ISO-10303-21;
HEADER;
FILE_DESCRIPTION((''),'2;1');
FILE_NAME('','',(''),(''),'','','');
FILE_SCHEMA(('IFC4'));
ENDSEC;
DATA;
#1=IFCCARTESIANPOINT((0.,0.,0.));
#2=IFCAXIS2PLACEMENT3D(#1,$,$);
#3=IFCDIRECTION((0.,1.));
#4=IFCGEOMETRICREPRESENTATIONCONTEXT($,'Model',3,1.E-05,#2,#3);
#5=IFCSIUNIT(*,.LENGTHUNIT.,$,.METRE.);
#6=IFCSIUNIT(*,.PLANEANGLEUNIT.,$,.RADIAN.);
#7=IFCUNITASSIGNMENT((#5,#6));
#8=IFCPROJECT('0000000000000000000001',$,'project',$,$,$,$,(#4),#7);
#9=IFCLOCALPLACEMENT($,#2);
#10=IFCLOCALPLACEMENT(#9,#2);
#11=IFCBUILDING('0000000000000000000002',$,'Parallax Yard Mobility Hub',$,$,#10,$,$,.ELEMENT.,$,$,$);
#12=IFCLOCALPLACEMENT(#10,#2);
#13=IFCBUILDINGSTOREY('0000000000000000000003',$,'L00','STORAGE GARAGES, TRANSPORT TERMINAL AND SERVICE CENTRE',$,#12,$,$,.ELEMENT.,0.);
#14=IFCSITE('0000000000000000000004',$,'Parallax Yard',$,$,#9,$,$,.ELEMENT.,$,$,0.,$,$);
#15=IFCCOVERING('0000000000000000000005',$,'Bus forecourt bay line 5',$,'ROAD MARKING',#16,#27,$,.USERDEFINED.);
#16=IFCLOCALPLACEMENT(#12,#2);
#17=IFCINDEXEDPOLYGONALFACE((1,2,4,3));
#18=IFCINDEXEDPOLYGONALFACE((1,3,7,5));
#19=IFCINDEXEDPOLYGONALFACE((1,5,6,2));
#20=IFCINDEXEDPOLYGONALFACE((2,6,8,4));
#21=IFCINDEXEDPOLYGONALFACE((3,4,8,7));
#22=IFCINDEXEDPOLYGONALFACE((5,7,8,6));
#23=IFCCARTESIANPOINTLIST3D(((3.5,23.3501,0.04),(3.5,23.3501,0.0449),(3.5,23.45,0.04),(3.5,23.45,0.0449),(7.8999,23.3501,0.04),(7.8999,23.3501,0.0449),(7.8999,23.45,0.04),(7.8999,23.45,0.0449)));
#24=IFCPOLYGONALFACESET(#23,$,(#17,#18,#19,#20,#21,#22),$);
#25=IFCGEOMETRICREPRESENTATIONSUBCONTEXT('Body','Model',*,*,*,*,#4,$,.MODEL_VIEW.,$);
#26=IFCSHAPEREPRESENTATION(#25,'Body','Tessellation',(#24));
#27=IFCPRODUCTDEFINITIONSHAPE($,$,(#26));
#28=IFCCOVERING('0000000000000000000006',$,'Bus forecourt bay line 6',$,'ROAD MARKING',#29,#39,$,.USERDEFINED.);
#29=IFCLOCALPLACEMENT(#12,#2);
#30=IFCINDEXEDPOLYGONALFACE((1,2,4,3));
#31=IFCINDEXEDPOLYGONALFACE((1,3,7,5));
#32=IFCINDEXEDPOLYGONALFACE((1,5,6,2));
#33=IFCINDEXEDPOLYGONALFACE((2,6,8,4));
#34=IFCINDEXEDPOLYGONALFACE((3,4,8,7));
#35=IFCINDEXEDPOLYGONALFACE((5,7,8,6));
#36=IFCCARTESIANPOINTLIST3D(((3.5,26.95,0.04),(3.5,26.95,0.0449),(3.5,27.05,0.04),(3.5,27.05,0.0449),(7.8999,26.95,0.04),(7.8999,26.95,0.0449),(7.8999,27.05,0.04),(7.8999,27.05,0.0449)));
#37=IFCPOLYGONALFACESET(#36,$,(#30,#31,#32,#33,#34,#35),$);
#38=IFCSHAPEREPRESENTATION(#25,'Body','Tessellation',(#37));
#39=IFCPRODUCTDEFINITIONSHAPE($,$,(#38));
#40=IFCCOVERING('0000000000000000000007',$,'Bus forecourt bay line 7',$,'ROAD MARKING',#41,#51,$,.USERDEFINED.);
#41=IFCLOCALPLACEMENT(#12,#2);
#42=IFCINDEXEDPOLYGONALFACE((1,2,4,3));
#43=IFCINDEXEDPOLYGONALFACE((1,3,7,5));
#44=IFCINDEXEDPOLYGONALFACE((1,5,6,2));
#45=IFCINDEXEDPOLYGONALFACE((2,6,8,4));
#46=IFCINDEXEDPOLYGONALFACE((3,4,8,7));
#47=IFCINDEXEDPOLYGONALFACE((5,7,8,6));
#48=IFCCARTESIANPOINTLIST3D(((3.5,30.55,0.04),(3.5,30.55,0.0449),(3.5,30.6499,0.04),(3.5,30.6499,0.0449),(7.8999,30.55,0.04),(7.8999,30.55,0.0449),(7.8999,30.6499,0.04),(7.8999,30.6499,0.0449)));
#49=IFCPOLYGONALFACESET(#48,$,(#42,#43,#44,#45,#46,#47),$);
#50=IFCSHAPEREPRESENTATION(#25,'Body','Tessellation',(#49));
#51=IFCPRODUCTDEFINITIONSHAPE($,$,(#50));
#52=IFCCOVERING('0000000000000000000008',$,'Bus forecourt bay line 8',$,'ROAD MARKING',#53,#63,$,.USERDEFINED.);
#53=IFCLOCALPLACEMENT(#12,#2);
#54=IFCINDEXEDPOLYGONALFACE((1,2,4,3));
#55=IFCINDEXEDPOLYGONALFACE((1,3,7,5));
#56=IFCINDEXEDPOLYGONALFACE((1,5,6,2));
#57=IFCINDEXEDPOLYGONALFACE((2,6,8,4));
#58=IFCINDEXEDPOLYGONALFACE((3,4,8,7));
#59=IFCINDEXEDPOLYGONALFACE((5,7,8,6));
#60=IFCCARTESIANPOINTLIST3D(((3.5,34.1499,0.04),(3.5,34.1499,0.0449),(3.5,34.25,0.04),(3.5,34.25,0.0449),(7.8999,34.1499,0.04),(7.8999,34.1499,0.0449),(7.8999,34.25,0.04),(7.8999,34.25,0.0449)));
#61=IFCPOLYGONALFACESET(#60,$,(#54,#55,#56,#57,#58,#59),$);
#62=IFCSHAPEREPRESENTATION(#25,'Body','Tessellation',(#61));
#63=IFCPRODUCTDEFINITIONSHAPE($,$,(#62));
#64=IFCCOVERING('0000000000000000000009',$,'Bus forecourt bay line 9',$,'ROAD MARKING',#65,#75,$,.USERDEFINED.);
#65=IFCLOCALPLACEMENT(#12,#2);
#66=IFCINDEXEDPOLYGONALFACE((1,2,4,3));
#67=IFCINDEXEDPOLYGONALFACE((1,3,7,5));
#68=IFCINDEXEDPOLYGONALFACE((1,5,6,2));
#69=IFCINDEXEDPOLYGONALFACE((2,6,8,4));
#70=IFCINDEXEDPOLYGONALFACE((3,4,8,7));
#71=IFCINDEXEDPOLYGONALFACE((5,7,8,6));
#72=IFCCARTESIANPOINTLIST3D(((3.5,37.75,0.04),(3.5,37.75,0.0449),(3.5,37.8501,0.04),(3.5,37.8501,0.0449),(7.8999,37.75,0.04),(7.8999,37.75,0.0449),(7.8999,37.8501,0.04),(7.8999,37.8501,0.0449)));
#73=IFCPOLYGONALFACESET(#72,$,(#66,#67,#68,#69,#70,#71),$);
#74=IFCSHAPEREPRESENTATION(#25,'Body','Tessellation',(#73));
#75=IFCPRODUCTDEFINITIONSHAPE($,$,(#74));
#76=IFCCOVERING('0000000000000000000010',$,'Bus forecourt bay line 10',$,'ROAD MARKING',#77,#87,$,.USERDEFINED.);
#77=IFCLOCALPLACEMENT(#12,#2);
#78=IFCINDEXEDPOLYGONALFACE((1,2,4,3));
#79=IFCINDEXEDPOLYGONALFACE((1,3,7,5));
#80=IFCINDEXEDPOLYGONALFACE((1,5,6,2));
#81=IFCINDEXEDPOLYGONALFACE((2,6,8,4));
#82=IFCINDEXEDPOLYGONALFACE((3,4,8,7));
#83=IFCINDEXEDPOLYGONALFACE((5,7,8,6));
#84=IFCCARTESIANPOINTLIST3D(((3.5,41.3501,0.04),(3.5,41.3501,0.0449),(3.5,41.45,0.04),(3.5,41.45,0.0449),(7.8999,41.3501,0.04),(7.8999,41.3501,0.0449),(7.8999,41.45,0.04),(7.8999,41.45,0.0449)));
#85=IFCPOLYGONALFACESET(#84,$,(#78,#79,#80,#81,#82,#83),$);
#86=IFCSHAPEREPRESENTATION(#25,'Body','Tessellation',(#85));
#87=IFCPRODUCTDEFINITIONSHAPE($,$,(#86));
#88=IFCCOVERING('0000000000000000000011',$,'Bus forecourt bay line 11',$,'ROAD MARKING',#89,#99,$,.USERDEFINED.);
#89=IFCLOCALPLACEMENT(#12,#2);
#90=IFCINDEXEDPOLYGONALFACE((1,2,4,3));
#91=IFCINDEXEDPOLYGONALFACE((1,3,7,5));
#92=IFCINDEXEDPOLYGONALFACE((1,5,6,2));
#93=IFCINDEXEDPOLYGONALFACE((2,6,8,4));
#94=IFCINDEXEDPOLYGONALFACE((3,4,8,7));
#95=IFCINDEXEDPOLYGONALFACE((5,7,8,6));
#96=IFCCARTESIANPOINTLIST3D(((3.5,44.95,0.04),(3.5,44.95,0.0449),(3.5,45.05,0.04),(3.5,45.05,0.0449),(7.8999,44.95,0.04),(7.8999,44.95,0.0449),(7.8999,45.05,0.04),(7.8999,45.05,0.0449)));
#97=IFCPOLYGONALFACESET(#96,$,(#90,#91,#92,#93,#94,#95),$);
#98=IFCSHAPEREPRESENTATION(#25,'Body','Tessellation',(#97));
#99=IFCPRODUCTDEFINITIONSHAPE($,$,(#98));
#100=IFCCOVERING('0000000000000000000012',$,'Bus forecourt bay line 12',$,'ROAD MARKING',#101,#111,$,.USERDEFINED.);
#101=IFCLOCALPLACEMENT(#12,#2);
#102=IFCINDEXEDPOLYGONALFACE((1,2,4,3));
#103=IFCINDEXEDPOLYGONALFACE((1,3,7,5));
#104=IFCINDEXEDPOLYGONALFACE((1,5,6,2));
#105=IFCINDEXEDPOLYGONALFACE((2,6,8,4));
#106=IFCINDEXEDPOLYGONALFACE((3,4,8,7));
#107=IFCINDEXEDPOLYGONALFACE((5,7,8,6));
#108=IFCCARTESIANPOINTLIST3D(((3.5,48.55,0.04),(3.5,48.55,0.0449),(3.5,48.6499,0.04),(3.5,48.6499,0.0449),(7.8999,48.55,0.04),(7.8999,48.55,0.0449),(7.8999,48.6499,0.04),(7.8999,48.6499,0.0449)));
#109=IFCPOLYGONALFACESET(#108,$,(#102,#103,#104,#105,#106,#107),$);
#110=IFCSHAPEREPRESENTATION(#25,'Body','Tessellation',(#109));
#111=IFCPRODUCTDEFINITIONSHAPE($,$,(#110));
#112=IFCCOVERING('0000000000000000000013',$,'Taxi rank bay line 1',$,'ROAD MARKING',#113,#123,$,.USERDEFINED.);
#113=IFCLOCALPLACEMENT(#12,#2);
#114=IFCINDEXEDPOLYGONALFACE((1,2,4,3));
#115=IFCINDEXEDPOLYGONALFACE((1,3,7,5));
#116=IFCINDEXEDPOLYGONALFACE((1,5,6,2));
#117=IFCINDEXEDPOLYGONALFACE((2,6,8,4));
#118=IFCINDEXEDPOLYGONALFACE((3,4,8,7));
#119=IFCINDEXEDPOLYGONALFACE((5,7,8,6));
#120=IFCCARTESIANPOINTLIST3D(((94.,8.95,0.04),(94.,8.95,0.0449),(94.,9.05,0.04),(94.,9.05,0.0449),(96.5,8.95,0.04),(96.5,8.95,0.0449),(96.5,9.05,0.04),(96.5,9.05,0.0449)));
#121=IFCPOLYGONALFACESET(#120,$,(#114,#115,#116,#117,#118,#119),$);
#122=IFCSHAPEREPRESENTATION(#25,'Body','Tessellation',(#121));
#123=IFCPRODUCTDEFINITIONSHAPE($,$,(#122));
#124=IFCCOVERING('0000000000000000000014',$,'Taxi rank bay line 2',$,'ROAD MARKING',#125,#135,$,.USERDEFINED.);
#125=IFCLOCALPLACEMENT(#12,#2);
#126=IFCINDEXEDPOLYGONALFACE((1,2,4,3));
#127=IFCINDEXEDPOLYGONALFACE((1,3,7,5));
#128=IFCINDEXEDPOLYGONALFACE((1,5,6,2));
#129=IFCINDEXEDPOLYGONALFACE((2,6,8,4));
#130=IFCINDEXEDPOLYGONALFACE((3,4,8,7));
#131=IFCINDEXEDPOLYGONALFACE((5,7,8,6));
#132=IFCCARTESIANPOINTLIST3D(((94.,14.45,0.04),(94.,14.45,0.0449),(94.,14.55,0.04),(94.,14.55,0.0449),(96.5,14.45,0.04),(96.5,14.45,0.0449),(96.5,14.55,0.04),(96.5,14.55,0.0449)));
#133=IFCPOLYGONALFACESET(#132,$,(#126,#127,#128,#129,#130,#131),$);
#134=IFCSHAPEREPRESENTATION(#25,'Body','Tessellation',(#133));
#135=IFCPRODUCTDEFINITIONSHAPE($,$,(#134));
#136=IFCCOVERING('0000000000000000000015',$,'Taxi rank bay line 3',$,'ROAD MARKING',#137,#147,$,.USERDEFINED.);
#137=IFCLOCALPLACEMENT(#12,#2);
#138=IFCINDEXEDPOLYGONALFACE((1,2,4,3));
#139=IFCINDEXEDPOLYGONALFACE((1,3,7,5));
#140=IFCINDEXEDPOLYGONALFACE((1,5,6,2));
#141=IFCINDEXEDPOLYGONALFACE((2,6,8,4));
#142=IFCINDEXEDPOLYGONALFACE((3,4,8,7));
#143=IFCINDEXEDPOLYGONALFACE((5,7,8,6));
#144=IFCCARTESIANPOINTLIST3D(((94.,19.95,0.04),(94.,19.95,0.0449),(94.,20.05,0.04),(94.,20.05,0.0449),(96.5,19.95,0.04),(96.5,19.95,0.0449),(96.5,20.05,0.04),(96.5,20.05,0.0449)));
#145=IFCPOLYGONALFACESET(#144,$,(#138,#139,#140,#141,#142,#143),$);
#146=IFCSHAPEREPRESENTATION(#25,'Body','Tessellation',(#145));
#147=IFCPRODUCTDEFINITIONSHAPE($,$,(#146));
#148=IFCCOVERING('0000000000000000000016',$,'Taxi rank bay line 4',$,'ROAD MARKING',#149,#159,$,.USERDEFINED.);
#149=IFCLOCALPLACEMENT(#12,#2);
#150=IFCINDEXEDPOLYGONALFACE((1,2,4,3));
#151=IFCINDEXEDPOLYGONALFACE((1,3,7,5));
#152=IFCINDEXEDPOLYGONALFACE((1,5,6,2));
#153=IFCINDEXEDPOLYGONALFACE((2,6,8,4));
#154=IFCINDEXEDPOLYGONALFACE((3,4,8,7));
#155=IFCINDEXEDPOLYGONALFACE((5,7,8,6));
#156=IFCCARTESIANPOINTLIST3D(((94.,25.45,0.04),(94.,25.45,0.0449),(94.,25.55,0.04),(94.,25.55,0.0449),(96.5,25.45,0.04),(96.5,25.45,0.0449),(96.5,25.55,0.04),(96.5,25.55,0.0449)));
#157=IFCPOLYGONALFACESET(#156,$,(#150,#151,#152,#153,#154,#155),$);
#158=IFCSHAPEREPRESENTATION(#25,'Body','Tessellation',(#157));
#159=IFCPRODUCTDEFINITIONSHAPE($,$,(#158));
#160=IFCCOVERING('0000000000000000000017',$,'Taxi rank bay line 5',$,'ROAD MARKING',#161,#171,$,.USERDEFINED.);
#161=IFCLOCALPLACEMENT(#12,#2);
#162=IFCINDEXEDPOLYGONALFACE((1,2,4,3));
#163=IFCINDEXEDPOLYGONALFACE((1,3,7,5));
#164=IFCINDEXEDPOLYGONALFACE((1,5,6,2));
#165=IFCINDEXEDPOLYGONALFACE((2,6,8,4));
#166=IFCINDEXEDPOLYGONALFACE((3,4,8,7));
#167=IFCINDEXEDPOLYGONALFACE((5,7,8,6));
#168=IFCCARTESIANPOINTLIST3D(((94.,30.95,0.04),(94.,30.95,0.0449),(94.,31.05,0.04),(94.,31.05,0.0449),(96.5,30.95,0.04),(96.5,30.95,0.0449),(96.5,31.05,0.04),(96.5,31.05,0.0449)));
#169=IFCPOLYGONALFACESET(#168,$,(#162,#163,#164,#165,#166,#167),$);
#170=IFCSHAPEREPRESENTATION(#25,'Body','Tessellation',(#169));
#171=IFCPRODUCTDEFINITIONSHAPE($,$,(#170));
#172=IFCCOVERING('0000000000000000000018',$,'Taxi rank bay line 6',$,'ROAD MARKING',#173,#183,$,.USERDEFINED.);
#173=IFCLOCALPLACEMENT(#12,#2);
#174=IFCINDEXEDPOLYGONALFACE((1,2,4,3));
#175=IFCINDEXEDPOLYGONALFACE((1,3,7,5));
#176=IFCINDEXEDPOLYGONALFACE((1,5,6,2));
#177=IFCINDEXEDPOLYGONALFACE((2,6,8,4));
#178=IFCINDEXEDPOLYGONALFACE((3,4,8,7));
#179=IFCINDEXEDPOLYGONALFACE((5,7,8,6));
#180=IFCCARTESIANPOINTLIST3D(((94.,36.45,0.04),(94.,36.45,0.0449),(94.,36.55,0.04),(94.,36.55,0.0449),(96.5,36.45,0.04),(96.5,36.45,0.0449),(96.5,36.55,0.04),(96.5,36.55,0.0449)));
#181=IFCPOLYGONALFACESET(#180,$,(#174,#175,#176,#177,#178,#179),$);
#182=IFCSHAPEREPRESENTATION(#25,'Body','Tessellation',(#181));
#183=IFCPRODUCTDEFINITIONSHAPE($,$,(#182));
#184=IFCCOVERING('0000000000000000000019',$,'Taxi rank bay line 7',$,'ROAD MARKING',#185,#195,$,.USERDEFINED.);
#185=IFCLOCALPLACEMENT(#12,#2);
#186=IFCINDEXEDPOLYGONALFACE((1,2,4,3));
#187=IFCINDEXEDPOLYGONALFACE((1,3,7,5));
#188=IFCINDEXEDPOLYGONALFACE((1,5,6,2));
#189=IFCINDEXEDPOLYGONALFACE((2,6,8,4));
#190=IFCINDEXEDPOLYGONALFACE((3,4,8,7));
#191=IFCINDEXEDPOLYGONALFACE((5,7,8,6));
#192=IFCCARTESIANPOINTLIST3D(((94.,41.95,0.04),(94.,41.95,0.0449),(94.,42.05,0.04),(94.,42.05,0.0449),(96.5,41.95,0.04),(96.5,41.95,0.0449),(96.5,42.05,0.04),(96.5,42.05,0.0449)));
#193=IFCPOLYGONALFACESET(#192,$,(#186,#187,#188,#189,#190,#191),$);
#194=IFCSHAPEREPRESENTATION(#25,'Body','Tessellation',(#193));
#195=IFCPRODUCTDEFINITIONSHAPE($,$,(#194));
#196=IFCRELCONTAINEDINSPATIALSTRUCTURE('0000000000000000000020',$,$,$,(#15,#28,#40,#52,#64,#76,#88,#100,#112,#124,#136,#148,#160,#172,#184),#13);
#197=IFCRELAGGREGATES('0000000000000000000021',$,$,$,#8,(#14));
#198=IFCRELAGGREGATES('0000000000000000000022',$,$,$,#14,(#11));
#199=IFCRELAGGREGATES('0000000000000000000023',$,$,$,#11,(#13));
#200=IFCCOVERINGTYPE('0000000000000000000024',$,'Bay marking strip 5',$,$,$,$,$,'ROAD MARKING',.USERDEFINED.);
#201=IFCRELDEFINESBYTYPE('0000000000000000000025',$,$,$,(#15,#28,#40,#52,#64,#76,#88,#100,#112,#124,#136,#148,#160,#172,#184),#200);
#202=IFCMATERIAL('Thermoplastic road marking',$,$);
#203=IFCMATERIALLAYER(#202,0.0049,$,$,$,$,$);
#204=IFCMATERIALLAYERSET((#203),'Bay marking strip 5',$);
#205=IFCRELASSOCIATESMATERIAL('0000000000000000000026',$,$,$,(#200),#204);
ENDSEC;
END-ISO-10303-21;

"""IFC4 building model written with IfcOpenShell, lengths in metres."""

from ifc_helpers import new_model, si_unit, direction, frame, origin, place, context, subcontext, project, spatial, polyline, outline, extrude, material, layer, layer_set, type_object, element, save


model = new_model("IFC4")

# Units and contexts
model_context = context("Model", 3, precision=1e-05, world=origin(), true_north=direction((0.0, 1.0)))
body_context = subcontext(model_context, "Body", "Model", "MODEL_VIEW")
ifc_project = project(units=[si_unit("LENGTHUNIT", "METRE"), si_unit("PLANEANGLEUNIT", "RADIAN")], contexts=[model_context])

# Site, building, storey
site_placement = place(None, origin())
site = spatial("IfcSite", under=ifc_project, at=site_placement, Name="Parallax Yard", CompositionType="ELEMENT", RefElevation=0.0)
building_placement = place(site_placement, origin())
building = spatial("IfcBuilding", under=site, at=building_placement, Name="Parallax Yard Mobility Hub", CompositionType="ELEMENT")
storey_placement = place(building_placement, origin())
storey = spatial("IfcBuildingStorey", under=building, at=storey_placement, Name="L00", Description="STORAGE GARAGES, TRANSPORT TERMINAL AND SERVICE CENTRE", CompositionType="ELEMENT", Elevation=0.0)

# Coverings
ifc_material = material(Name="Thermoplastic road marking")
ifc_layer = layer(ifc_material, 0.0049)
ifc_layer_set = layer_set([ifc_layer], Name="Bay marking strip 5")
covering_type = type_object("IfcCoveringType", Name="Bay marking strip 5", ElementType="ROAD MARKING", PredefinedType="USERDEFINED", material=ifc_layer_set)
covering_1_placement = place(storey_placement, frame((0.0, 0.0, 0.04)))
element("IfcCovering", 1, at=covering_1_placement, inside=storey, type_object=covering_type, Name="Bus forecourt bay line 5", ObjectType="ROAD MARKING", PredefinedType="USERDEFINED", context=body_context, shape_type="SweptSolid", body=[
    extrude(outline(polyline([(7.8999, 23.3501), (7.8999, 23.45), (3.5, 23.45), (3.5, 23.3501), (7.8999, 23.3501)])), origin(), (0.0, 0.0, 1.0), 0.0049),
])
covering_2_placement = place(storey_placement, frame((0.0, 0.0, 0.04)))
element("IfcCovering", 2, at=covering_2_placement, inside=storey, type_object=covering_type, Name="Bus forecourt bay line 6", ObjectType="ROAD MARKING", PredefinedType="USERDEFINED", context=body_context, shape_type="SweptSolid", body=[
    extrude(outline(polyline([(7.8999, 26.95), (7.8999, 27.05), (3.5, 27.05), (3.5, 26.95), (7.8999, 26.95)])), origin(), (0.0, 0.0, 1.0), 0.0049),
])
covering_3_placement = place(storey_placement, frame((0.0, 0.0, 0.04)))
element("IfcCovering", 3, at=covering_3_placement, inside=storey, type_object=covering_type, Name="Bus forecourt bay line 7", ObjectType="ROAD MARKING", PredefinedType="USERDEFINED", context=body_context, shape_type="SweptSolid", body=[
    extrude(outline(polyline([(7.8999, 30.55), (7.8999, 30.6499), (3.5, 30.6499), (3.5, 30.55), (7.8999, 30.55)])), origin(), (0.0, 0.0, 1.0), 0.0049),
])
covering_4_placement = place(storey_placement, frame((0.0, 0.0, 0.04)))
element("IfcCovering", 4, at=covering_4_placement, inside=storey, type_object=covering_type, Name="Bus forecourt bay line 8", ObjectType="ROAD MARKING", PredefinedType="USERDEFINED", context=body_context, shape_type="SweptSolid", body=[
    extrude(outline(polyline([(7.8999, 34.1499), (7.8999, 34.25), (3.5, 34.25), (3.5, 34.1499), (7.8999, 34.1499)])), origin(), (0.0, 0.0, 1.0), 0.0049),
])
covering_5_placement = place(storey_placement, frame((0.0, 0.0, 0.04)))
element("IfcCovering", 5, at=covering_5_placement, inside=storey, type_object=covering_type, Name="Bus forecourt bay line 9", ObjectType="ROAD MARKING", PredefinedType="USERDEFINED", context=body_context, shape_type="SweptSolid", body=[
    extrude(outline(polyline([(7.8999, 37.75), (7.8999, 37.8501), (3.5, 37.8501), (3.5, 37.75), (7.8999, 37.75)])), origin(), (0.0, 0.0, 1.0), 0.0049),
])
covering_6_placement = place(storey_placement, frame((0.0, 0.0, 0.04)))
element("IfcCovering", 6, at=covering_6_placement, inside=storey, type_object=covering_type, Name="Bus forecourt bay line 10", ObjectType="ROAD MARKING", PredefinedType="USERDEFINED", context=body_context, shape_type="SweptSolid", body=[
    extrude(outline(polyline([(7.8999, 41.3501), (7.8999, 41.45), (3.5, 41.45), (3.5, 41.3501), (7.8999, 41.3501)])), origin(), (0.0, 0.0, 1.0), 0.0049),
])
covering_7_placement = place(storey_placement, frame((0.0, 0.0, 0.04)))
element("IfcCovering", 7, at=covering_7_placement, inside=storey, type_object=covering_type, Name="Bus forecourt bay line 11", ObjectType="ROAD MARKING", PredefinedType="USERDEFINED", context=body_context, shape_type="SweptSolid", body=[
    extrude(outline(polyline([(7.8999, 44.95), (7.8999, 45.05), (3.5, 45.05), (3.5, 44.95), (7.8999, 44.95)])), origin(), (0.0, 0.0, 1.0), 0.0049),
])
covering_8_placement = place(storey_placement, frame((0.0, 0.0, 0.04)))
element("IfcCovering", 8, at=covering_8_placement, inside=storey, type_object=covering_type, Name="Bus forecourt bay line 12", ObjectType="ROAD MARKING", PredefinedType="USERDEFINED", context=body_context, shape_type="SweptSolid", body=[
    extrude(outline(polyline([(7.8999, 48.55), (7.8999, 48.6499), (3.5, 48.6499), (3.5, 48.55), (7.8999, 48.55)])), origin(), (0.0, 0.0, 1.0), 0.0049),
])
covering_9_placement = place(storey_placement, frame((0.0, 0.0, 0.04)))
element("IfcCovering", 9, at=covering_9_placement, inside=storey, type_object=covering_type, Name="Taxi rank bay line 1", ObjectType="ROAD MARKING", PredefinedType="USERDEFINED", context=body_context, shape_type="SweptSolid", body=[
    extrude(outline(polyline([(96.5, 8.95), (96.5, 9.05), (94.0, 9.05), (94.0, 8.95), (96.5, 8.95)])), origin(), (0.0, 0.0, 1.0), 0.0049),
])
covering_10_placement = place(storey_placement, frame((0.0, 0.0, 0.04)))
element("IfcCovering", 10, at=covering_10_placement, inside=storey, type_object=covering_type, Name="Taxi rank bay line 2", ObjectType="ROAD MARKING", PredefinedType="USERDEFINED", context=body_context, shape_type="SweptSolid", body=[
    extrude(outline(polyline([(96.5, 14.45), (96.5, 14.55), (94.0, 14.55), (94.0, 14.45), (96.5, 14.45)])), origin(), (0.0, 0.0, 1.0), 0.0049),
])
covering_11_placement = place(storey_placement, frame((0.0, 0.0, 0.04)))
element("IfcCovering", 11, at=covering_11_placement, inside=storey, type_object=covering_type, Name="Taxi rank bay line 3", ObjectType="ROAD MARKING", PredefinedType="USERDEFINED", context=body_context, shape_type="SweptSolid", body=[
    extrude(outline(polyline([(96.5, 19.95), (96.5, 20.05), (94.0, 20.05), (94.0, 19.95), (96.5, 19.95)])), origin(), (0.0, 0.0, 1.0), 0.0049),
])
covering_12_placement = place(storey_placement, frame((0.0, 0.0, 0.04)))
element("IfcCovering", 12, at=covering_12_placement, inside=storey, type_object=covering_type, Name="Taxi rank bay line 4", ObjectType="ROAD MARKING", PredefinedType="USERDEFINED", context=body_context, shape_type="SweptSolid", body=[
    extrude(outline(polyline([(96.5, 25.45), (96.5, 25.55), (94.0, 25.55), (94.0, 25.45), (96.5, 25.45)])), origin(), (0.0, 0.0, 1.0), 0.0049),
])
covering_13_placement = place(storey_placement, frame((0.0, 0.0, 0.04)))
element("IfcCovering", 13, at=covering_13_placement, inside=storey, type_object=covering_type, Name="Taxi rank bay line 5", ObjectType="ROAD MARKING", PredefinedType="USERDEFINED", context=body_context, shape_type="SweptSolid", body=[
    extrude(outline(polyline([(96.5, 30.95), (96.5, 31.05), (94.0, 31.05), (94.0, 30.95), (96.5, 30.95)])), origin(), (0.0, 0.0, 1.0), 0.0049),
])
covering_14_placement = place(storey_placement, frame((0.0, 0.0, 0.04)))
element("IfcCovering", 14, at=covering_14_placement, inside=storey, type_object=covering_type, Name="Taxi rank bay line 6", ObjectType="ROAD MARKING", PredefinedType="USERDEFINED", context=body_context, shape_type="SweptSolid", body=[
    extrude(outline(polyline([(96.5, 36.45), (96.5, 36.55), (94.0, 36.55), (94.0, 36.45), (96.5, 36.45)])), origin(), (0.0, 0.0, 1.0), 0.0049),
])
covering_15_placement = place(storey_placement, frame((0.0, 0.0, 0.04)))
element("IfcCovering", 15, at=covering_15_placement, inside=storey, type_object=covering_type, Name="Taxi rank bay line 7", ObjectType="ROAD MARKING", PredefinedType="USERDEFINED", context=body_context, shape_type="SweptSolid", body=[
    extrude(outline(polyline([(96.5, 41.95), (96.5, 42.05), (94.0, 42.05), (94.0, 41.95), (96.5, 41.95)])), origin(), (0.0, 0.0, 1.0), 0.0049),
])

save(model, "model.ifc")
